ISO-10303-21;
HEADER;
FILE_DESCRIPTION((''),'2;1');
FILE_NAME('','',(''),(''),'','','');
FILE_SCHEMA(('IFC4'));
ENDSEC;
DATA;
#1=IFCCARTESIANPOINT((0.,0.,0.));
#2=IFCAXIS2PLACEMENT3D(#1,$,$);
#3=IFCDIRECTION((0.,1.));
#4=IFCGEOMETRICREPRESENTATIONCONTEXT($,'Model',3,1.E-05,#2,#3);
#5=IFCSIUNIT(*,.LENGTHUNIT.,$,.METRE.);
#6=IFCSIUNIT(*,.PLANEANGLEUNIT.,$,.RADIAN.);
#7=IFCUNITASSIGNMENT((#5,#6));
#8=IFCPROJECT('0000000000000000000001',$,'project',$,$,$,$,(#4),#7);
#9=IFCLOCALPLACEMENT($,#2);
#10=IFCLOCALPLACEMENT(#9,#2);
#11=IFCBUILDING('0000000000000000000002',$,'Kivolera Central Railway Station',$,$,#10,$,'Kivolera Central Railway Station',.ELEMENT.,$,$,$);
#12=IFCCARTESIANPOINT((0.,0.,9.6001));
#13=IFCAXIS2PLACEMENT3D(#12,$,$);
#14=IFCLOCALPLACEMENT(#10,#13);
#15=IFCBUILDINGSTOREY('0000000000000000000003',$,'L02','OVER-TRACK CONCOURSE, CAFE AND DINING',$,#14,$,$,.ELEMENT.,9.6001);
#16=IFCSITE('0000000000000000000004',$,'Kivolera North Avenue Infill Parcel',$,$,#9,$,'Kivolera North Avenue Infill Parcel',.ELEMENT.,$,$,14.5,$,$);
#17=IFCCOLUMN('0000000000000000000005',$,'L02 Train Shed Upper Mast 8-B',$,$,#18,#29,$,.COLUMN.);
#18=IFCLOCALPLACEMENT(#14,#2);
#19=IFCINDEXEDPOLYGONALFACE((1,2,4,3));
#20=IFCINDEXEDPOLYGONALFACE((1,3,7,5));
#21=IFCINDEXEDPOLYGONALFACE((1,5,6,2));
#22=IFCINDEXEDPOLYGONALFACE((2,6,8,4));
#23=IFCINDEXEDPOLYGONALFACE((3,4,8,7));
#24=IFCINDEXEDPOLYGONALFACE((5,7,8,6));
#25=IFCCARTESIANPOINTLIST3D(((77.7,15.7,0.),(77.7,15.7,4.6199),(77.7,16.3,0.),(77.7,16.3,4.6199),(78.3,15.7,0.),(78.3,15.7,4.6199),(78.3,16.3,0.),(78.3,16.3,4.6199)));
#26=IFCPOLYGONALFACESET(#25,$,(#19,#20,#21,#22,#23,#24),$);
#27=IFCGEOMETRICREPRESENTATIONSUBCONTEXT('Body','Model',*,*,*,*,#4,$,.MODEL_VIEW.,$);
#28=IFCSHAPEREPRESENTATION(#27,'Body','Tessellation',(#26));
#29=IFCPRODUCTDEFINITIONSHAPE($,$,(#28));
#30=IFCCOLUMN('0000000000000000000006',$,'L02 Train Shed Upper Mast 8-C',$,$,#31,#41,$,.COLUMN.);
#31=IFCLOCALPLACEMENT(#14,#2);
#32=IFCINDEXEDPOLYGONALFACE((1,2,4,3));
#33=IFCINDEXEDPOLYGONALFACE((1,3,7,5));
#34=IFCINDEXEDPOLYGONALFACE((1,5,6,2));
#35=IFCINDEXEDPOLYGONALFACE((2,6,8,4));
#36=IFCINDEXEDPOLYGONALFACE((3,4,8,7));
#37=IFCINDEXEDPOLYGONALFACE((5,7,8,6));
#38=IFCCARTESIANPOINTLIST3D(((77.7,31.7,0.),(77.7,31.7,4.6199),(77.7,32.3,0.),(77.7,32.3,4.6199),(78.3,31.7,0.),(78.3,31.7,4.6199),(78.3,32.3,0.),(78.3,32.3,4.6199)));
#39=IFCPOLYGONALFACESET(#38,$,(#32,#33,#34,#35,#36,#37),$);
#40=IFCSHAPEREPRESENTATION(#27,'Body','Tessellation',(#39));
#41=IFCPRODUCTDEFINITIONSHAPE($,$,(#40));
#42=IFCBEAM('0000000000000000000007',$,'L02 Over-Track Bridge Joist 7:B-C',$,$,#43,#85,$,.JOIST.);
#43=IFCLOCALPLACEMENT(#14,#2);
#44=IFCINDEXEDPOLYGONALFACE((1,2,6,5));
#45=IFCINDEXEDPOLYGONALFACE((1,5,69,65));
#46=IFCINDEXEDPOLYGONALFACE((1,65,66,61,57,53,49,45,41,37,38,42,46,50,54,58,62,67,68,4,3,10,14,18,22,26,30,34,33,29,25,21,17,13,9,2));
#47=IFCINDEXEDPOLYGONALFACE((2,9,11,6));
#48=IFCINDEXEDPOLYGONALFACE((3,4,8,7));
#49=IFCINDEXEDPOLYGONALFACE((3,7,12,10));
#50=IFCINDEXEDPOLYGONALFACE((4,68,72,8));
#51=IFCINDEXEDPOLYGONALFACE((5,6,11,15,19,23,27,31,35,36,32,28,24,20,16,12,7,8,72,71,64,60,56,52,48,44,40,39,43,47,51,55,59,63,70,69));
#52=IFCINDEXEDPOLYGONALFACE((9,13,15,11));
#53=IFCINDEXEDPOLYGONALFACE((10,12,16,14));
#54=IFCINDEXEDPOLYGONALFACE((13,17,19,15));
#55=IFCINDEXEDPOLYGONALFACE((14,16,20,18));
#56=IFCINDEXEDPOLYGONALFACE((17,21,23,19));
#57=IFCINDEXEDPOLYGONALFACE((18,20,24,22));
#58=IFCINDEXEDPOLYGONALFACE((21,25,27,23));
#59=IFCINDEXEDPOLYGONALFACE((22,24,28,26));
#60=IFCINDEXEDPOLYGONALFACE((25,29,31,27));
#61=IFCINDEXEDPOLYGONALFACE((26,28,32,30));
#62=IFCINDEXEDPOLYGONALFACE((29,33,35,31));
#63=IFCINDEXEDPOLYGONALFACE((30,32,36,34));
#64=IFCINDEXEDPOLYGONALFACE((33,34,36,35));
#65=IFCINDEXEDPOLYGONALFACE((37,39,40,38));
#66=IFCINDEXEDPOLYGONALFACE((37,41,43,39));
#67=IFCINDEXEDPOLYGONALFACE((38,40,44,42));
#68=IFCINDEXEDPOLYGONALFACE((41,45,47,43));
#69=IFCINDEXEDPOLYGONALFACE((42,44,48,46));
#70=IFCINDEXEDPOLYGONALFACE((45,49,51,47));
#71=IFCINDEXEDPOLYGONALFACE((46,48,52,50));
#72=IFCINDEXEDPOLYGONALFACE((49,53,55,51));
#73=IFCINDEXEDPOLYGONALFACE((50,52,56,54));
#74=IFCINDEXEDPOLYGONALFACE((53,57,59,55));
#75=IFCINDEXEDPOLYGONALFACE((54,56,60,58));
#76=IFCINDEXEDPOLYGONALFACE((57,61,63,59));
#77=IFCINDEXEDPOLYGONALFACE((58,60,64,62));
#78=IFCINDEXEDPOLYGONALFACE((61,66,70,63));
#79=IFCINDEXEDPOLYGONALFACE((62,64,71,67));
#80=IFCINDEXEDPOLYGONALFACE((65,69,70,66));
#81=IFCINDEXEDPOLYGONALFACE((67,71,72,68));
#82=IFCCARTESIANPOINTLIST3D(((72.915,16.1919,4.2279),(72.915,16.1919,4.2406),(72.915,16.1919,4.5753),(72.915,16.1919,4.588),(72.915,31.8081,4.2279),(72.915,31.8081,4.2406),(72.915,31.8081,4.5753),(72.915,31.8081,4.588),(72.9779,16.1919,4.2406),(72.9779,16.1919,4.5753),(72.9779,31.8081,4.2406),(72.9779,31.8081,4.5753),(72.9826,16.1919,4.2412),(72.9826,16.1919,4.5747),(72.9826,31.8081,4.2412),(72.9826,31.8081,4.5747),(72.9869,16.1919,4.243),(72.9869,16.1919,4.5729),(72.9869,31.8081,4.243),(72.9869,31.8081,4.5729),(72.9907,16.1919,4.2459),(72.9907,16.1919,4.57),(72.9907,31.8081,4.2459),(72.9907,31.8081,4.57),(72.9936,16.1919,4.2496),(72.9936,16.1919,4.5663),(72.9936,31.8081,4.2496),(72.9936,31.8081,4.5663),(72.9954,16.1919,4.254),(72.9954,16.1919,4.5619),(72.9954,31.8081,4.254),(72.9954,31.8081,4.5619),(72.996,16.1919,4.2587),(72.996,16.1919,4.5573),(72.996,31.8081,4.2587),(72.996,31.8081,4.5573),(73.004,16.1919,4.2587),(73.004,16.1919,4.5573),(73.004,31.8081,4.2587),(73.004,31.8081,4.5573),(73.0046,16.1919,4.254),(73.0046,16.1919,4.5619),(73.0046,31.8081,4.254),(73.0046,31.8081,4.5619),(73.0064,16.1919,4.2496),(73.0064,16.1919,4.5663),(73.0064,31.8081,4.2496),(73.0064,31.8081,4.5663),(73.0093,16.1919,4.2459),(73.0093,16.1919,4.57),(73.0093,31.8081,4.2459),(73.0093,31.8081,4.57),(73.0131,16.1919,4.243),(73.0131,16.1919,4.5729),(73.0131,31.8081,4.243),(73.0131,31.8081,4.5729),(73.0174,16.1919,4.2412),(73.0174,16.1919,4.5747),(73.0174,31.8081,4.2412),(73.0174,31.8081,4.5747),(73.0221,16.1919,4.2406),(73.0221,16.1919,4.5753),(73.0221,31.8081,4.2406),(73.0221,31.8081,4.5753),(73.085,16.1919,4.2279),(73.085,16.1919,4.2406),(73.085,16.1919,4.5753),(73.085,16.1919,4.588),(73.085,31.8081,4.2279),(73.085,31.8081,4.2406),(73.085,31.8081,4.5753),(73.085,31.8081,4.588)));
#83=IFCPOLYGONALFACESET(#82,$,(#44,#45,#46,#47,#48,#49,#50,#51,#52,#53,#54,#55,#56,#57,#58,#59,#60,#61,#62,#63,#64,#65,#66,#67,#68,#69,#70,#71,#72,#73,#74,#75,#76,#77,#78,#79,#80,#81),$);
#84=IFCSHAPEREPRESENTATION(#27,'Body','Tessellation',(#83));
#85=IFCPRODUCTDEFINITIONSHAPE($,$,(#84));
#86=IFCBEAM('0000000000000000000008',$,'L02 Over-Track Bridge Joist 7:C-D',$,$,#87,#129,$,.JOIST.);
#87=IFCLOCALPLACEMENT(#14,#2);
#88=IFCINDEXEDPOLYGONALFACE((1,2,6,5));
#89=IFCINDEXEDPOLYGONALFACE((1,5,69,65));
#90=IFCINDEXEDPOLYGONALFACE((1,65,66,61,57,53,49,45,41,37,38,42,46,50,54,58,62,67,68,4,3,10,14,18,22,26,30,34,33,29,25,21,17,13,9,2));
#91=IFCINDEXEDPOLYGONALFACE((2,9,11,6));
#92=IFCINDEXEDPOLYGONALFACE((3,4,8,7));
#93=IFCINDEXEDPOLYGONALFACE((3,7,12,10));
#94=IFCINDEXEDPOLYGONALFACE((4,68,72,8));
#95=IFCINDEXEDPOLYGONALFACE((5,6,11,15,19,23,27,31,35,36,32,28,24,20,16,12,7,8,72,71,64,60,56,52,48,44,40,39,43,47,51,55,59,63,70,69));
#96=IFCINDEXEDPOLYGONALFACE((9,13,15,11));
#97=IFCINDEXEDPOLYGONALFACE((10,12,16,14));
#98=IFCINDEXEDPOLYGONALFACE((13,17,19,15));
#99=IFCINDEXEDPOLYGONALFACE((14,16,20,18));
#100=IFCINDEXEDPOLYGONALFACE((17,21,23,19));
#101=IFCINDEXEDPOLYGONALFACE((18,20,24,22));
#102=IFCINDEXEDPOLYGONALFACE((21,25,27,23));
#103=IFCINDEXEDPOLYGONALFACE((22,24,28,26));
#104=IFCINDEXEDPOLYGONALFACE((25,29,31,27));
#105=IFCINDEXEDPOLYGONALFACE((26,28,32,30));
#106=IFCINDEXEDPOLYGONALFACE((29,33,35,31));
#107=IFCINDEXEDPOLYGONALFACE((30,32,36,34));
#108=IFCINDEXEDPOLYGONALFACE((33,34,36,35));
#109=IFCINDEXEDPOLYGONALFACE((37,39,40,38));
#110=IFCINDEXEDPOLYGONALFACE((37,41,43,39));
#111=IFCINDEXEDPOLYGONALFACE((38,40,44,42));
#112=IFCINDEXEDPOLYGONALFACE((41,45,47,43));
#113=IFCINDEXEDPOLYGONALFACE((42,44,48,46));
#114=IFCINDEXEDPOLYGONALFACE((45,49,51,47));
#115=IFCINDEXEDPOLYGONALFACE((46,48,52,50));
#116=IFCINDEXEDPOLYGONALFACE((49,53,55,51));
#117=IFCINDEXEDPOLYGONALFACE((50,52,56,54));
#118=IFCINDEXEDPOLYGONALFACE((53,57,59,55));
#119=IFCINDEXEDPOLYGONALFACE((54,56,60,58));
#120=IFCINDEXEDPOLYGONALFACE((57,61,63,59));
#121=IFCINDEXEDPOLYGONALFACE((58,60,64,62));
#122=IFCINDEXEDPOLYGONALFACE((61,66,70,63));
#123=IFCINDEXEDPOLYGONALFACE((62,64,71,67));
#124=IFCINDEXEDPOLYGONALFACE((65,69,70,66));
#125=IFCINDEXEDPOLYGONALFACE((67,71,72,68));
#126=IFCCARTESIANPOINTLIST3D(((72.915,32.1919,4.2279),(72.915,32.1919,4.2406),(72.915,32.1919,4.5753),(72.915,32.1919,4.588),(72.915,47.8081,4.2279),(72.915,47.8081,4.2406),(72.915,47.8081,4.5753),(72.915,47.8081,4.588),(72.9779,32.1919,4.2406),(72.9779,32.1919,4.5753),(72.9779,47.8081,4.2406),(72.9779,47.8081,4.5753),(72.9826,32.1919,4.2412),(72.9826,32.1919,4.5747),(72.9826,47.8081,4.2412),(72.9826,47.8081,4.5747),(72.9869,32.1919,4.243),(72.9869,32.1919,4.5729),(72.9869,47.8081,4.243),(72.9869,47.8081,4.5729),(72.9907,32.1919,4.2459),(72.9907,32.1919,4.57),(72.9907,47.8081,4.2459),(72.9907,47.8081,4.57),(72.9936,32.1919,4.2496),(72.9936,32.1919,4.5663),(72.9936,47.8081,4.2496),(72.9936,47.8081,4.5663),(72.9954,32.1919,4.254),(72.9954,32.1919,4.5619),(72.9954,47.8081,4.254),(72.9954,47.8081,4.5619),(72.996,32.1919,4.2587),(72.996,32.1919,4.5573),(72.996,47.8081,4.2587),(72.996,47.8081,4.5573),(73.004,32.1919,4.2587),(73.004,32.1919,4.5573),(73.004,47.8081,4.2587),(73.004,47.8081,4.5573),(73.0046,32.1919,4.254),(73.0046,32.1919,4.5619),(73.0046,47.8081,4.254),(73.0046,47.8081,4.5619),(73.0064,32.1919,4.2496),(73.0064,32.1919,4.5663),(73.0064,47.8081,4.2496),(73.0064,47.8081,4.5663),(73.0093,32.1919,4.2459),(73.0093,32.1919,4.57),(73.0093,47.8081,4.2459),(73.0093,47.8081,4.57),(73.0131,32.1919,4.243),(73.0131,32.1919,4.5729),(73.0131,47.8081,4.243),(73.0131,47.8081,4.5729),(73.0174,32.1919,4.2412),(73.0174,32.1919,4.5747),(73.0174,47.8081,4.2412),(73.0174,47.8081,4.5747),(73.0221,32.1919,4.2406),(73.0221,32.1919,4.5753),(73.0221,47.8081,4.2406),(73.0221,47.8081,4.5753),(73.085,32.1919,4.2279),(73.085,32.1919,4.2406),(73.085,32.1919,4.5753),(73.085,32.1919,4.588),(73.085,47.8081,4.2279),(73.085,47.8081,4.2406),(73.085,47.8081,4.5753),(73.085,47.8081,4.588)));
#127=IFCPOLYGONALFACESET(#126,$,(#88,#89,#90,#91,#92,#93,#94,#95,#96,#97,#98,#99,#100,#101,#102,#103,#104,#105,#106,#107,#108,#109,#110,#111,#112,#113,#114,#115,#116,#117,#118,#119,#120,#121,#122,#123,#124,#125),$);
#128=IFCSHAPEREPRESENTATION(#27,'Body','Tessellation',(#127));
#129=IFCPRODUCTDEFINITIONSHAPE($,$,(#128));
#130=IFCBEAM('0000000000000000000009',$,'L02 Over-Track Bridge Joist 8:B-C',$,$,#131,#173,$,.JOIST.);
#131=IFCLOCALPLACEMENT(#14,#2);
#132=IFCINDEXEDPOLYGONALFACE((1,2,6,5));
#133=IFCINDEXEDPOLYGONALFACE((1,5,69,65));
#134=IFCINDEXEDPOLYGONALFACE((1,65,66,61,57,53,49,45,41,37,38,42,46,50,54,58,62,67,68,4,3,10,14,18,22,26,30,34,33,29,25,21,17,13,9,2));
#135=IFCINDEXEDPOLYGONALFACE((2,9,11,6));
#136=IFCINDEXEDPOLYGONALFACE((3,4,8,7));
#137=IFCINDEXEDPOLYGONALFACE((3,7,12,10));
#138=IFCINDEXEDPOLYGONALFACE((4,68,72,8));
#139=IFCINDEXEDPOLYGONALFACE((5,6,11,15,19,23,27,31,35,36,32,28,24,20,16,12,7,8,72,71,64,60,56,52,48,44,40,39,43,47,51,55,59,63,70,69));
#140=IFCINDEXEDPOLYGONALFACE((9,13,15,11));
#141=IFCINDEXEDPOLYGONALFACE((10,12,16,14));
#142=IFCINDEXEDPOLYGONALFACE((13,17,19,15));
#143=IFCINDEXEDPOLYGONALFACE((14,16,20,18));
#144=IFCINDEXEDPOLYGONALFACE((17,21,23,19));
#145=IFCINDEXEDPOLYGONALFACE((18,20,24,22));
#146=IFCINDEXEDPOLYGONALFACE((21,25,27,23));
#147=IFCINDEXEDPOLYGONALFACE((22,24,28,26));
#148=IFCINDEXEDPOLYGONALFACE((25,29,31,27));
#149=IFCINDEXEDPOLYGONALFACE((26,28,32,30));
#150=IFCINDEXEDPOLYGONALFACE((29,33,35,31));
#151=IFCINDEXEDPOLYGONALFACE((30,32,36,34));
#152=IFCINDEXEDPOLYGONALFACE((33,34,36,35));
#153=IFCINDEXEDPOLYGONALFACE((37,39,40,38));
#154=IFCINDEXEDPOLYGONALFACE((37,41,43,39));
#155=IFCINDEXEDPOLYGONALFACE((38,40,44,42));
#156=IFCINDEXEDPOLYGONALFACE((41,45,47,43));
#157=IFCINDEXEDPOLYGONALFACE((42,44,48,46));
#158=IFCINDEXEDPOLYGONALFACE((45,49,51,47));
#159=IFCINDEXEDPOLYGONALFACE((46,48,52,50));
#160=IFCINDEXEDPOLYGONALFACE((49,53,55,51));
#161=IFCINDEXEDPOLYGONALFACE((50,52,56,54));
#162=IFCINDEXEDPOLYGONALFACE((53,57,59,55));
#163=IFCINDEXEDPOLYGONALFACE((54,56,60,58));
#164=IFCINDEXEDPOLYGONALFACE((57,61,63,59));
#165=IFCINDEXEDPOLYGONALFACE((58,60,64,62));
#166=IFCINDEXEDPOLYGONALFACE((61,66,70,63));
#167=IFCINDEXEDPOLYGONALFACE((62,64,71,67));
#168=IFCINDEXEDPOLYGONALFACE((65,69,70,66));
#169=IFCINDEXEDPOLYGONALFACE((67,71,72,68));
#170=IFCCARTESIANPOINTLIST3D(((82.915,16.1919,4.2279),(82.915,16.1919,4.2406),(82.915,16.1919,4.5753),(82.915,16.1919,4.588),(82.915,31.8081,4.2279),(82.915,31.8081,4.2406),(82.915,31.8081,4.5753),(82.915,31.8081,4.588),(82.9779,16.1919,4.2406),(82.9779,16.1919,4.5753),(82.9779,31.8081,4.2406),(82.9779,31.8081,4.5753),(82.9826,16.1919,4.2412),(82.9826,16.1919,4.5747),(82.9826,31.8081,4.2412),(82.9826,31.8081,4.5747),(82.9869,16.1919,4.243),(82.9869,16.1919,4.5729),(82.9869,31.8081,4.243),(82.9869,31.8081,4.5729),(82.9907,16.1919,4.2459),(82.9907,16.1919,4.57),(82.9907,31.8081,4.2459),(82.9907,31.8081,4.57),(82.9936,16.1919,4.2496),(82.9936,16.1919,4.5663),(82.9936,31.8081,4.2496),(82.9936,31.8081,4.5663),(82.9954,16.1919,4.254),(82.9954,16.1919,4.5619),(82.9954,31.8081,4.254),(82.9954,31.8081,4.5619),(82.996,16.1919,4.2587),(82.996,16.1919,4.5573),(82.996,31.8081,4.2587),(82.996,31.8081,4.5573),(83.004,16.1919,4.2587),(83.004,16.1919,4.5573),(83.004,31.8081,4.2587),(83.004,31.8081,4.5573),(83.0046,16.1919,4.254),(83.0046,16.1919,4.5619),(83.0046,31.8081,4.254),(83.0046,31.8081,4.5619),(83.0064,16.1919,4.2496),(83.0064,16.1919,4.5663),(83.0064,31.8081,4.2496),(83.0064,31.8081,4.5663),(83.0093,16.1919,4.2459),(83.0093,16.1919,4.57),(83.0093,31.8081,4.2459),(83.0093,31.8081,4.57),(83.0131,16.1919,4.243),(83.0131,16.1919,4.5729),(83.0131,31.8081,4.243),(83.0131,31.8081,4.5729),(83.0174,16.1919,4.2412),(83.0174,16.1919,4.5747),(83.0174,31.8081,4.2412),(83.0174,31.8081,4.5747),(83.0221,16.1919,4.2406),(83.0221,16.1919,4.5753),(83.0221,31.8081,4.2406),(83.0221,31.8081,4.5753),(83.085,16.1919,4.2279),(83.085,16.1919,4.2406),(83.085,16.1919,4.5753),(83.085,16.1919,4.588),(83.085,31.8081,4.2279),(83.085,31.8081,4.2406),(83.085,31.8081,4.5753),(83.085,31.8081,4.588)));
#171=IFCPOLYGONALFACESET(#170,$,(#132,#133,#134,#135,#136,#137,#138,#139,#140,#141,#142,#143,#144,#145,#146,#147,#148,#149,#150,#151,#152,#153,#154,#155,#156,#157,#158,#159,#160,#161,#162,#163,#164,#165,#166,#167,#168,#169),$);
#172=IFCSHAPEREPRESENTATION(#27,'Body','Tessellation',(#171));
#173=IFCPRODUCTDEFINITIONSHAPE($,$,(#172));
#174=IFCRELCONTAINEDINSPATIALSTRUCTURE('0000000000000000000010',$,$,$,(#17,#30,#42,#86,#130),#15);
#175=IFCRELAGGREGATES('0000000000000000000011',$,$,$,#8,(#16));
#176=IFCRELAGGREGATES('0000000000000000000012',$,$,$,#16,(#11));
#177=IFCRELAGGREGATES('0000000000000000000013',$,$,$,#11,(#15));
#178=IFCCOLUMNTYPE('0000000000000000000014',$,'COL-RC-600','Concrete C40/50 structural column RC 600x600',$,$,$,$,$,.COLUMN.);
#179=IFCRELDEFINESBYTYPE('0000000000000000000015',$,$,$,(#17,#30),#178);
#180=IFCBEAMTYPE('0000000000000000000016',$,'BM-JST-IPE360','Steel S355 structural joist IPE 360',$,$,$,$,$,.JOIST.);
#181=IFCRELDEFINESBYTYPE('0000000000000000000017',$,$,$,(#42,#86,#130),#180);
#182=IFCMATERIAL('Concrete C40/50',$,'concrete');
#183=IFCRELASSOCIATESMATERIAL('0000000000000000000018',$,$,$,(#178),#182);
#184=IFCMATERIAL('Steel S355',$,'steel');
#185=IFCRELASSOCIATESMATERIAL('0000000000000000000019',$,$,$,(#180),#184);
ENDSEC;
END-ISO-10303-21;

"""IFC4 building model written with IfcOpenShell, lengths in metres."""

from ifc_helpers import new_model, si_unit, direction, frame, origin, origin_2d, place, context, subcontext, project, spatial, rectangle, i_section, extrude, material, material_profile, profile_set, type_object, element, save


model = new_model("IFC4")

# Units and contexts
model_context = context("Model", 3, precision=1e-05, world=origin(), true_north=direction((0.0, 1.0)))
body_context = subcontext(model_context, "Body", "Model", "MODEL_VIEW")
ifc_project = project(units=[si_unit("LENGTHUNIT", "METRE"), si_unit("PLANEANGLEUNIT", "RADIAN")], contexts=[model_context])

# Site, building, storey
site_placement = place(None, origin())
site = spatial("IfcSite", under=ifc_project, at=site_placement, Name="Kivolera North Avenue Infill Parcel", LongName="Kivolera North Avenue Infill Parcel", CompositionType="ELEMENT", RefElevation=14.5)
building_placement = place(site_placement, origin())
building = spatial("IfcBuilding", under=site, at=building_placement, Name="Kivolera Central Railway Station", LongName="Kivolera Central Railway Station", CompositionType="ELEMENT")
storey_placement = place(building_placement, frame((0.0, 0.0, 9.6001)))
storey = spatial("IfcBuildingStorey", under=building, at=storey_placement, Name="L02", Description="OVER-TRACK CONCOURSE, CAFE AND DINING", CompositionType="ELEMENT", Elevation=9.6001)

# Columns
ifc_material_1 = material(Name="Concrete C40/50", Category="concrete")
ifc_material_profile_1 = material_profile(ifc_material_1, rectangle(XDim=0.6001, YDim=0.6001, at=origin_2d()), Name="RC 600x600")
ifc_profile_set_1 = profile_set([ifc_material_profile_1], Name="Concrete C40/50")
column_type = type_object("IfcColumnType", Name="COL-RC-600", Description="Concrete C40/50 structural column RC 600x600", PredefinedType="COLUMN", material=ifc_profile_set_1)
for number, where, z_axis, x_axis, name in (
    (1, (78.0, 16.0, 0.0), (0.0, 0.0, 1.0), (1.0, 0.0, 0.0), "L02 Train Shed Upper Mast 8-B"),
    (2, (78.0, 32.0, 0.0), (0.0, 0.0, 1.0), (1.0, 0.0, 0.0), "L02 Train Shed Upper Mast 8-C"),
):
    element("IfcColumn", number, at=place(storey_placement, frame(where, z_axis=z_axis, x_axis=x_axis)), inside=storey, type_object=column_type, Name=name, PredefinedType="COLUMN", context=body_context, shape_type="SweptSolid", body=[
        extrude(rectangle(XDim=0.6001, YDim=0.6001, at=origin_2d()), origin(), (0.0, 0.0, 1.0), 4.6199),
    ])

# Beams
ifc_material_2 = material(Name="Steel S355", Category="steel")
ifc_material_profile_2 = material_profile(ifc_material_2, i_section(OverallWidth=0.1699, OverallDepth=0.3601, WebThickness=0.0081, FlangeThickness=0.0127, FilletRadius=0.0181, at=origin_2d()), Name="IPE 360")
ifc_profile_set_2 = profile_set([ifc_material_profile_2], Name="Steel S355")
beam_type_1 = type_object("IfcBeamType", Name="BM-JST-IPE360", Description="Steel S355 structural joist IPE 360", PredefinedType="JOIST", material=ifc_profile_set_2)
for number, where, z_axis, x_axis, name in (
    (3, (73.0, 16.1919, 4.408), (0.0, 1.0, 0.0), (-1.0, 0.0, 0.0), "L02 Over-Track Bridge Joist 7:B-C"),
    (4, (73.0, 32.1919, 4.408), (0.0, 1.0, 0.0), (-1.0, 0.0, 0.0), "L02 Over-Track Bridge Joist 7:C-D"),
    (5, (83.0, 16.1919, 4.408), (0.0, 1.0, 0.0), (-1.0, 0.0, 0.0), "L02 Over-Track Bridge Joist 8:B-C"),
):
    element("IfcBeam", number, at=place(storey_placement, frame(where, z_axis=z_axis, x_axis=x_axis)), inside=storey, type_object=beam_type_1, Name=name, PredefinedType="JOIST", context=body_context, shape_type="SweptSolid", body=[
        extrude(i_section(OverallWidth=0.1699, OverallDepth=0.3601, WebThickness=0.0081, FlangeThickness=0.0127, FilletRadius=0.0181, at=origin_2d()), origin(), (0.0, 0.0, 1.0), 15.6162),
    ])

save(model, "model.ifc")
